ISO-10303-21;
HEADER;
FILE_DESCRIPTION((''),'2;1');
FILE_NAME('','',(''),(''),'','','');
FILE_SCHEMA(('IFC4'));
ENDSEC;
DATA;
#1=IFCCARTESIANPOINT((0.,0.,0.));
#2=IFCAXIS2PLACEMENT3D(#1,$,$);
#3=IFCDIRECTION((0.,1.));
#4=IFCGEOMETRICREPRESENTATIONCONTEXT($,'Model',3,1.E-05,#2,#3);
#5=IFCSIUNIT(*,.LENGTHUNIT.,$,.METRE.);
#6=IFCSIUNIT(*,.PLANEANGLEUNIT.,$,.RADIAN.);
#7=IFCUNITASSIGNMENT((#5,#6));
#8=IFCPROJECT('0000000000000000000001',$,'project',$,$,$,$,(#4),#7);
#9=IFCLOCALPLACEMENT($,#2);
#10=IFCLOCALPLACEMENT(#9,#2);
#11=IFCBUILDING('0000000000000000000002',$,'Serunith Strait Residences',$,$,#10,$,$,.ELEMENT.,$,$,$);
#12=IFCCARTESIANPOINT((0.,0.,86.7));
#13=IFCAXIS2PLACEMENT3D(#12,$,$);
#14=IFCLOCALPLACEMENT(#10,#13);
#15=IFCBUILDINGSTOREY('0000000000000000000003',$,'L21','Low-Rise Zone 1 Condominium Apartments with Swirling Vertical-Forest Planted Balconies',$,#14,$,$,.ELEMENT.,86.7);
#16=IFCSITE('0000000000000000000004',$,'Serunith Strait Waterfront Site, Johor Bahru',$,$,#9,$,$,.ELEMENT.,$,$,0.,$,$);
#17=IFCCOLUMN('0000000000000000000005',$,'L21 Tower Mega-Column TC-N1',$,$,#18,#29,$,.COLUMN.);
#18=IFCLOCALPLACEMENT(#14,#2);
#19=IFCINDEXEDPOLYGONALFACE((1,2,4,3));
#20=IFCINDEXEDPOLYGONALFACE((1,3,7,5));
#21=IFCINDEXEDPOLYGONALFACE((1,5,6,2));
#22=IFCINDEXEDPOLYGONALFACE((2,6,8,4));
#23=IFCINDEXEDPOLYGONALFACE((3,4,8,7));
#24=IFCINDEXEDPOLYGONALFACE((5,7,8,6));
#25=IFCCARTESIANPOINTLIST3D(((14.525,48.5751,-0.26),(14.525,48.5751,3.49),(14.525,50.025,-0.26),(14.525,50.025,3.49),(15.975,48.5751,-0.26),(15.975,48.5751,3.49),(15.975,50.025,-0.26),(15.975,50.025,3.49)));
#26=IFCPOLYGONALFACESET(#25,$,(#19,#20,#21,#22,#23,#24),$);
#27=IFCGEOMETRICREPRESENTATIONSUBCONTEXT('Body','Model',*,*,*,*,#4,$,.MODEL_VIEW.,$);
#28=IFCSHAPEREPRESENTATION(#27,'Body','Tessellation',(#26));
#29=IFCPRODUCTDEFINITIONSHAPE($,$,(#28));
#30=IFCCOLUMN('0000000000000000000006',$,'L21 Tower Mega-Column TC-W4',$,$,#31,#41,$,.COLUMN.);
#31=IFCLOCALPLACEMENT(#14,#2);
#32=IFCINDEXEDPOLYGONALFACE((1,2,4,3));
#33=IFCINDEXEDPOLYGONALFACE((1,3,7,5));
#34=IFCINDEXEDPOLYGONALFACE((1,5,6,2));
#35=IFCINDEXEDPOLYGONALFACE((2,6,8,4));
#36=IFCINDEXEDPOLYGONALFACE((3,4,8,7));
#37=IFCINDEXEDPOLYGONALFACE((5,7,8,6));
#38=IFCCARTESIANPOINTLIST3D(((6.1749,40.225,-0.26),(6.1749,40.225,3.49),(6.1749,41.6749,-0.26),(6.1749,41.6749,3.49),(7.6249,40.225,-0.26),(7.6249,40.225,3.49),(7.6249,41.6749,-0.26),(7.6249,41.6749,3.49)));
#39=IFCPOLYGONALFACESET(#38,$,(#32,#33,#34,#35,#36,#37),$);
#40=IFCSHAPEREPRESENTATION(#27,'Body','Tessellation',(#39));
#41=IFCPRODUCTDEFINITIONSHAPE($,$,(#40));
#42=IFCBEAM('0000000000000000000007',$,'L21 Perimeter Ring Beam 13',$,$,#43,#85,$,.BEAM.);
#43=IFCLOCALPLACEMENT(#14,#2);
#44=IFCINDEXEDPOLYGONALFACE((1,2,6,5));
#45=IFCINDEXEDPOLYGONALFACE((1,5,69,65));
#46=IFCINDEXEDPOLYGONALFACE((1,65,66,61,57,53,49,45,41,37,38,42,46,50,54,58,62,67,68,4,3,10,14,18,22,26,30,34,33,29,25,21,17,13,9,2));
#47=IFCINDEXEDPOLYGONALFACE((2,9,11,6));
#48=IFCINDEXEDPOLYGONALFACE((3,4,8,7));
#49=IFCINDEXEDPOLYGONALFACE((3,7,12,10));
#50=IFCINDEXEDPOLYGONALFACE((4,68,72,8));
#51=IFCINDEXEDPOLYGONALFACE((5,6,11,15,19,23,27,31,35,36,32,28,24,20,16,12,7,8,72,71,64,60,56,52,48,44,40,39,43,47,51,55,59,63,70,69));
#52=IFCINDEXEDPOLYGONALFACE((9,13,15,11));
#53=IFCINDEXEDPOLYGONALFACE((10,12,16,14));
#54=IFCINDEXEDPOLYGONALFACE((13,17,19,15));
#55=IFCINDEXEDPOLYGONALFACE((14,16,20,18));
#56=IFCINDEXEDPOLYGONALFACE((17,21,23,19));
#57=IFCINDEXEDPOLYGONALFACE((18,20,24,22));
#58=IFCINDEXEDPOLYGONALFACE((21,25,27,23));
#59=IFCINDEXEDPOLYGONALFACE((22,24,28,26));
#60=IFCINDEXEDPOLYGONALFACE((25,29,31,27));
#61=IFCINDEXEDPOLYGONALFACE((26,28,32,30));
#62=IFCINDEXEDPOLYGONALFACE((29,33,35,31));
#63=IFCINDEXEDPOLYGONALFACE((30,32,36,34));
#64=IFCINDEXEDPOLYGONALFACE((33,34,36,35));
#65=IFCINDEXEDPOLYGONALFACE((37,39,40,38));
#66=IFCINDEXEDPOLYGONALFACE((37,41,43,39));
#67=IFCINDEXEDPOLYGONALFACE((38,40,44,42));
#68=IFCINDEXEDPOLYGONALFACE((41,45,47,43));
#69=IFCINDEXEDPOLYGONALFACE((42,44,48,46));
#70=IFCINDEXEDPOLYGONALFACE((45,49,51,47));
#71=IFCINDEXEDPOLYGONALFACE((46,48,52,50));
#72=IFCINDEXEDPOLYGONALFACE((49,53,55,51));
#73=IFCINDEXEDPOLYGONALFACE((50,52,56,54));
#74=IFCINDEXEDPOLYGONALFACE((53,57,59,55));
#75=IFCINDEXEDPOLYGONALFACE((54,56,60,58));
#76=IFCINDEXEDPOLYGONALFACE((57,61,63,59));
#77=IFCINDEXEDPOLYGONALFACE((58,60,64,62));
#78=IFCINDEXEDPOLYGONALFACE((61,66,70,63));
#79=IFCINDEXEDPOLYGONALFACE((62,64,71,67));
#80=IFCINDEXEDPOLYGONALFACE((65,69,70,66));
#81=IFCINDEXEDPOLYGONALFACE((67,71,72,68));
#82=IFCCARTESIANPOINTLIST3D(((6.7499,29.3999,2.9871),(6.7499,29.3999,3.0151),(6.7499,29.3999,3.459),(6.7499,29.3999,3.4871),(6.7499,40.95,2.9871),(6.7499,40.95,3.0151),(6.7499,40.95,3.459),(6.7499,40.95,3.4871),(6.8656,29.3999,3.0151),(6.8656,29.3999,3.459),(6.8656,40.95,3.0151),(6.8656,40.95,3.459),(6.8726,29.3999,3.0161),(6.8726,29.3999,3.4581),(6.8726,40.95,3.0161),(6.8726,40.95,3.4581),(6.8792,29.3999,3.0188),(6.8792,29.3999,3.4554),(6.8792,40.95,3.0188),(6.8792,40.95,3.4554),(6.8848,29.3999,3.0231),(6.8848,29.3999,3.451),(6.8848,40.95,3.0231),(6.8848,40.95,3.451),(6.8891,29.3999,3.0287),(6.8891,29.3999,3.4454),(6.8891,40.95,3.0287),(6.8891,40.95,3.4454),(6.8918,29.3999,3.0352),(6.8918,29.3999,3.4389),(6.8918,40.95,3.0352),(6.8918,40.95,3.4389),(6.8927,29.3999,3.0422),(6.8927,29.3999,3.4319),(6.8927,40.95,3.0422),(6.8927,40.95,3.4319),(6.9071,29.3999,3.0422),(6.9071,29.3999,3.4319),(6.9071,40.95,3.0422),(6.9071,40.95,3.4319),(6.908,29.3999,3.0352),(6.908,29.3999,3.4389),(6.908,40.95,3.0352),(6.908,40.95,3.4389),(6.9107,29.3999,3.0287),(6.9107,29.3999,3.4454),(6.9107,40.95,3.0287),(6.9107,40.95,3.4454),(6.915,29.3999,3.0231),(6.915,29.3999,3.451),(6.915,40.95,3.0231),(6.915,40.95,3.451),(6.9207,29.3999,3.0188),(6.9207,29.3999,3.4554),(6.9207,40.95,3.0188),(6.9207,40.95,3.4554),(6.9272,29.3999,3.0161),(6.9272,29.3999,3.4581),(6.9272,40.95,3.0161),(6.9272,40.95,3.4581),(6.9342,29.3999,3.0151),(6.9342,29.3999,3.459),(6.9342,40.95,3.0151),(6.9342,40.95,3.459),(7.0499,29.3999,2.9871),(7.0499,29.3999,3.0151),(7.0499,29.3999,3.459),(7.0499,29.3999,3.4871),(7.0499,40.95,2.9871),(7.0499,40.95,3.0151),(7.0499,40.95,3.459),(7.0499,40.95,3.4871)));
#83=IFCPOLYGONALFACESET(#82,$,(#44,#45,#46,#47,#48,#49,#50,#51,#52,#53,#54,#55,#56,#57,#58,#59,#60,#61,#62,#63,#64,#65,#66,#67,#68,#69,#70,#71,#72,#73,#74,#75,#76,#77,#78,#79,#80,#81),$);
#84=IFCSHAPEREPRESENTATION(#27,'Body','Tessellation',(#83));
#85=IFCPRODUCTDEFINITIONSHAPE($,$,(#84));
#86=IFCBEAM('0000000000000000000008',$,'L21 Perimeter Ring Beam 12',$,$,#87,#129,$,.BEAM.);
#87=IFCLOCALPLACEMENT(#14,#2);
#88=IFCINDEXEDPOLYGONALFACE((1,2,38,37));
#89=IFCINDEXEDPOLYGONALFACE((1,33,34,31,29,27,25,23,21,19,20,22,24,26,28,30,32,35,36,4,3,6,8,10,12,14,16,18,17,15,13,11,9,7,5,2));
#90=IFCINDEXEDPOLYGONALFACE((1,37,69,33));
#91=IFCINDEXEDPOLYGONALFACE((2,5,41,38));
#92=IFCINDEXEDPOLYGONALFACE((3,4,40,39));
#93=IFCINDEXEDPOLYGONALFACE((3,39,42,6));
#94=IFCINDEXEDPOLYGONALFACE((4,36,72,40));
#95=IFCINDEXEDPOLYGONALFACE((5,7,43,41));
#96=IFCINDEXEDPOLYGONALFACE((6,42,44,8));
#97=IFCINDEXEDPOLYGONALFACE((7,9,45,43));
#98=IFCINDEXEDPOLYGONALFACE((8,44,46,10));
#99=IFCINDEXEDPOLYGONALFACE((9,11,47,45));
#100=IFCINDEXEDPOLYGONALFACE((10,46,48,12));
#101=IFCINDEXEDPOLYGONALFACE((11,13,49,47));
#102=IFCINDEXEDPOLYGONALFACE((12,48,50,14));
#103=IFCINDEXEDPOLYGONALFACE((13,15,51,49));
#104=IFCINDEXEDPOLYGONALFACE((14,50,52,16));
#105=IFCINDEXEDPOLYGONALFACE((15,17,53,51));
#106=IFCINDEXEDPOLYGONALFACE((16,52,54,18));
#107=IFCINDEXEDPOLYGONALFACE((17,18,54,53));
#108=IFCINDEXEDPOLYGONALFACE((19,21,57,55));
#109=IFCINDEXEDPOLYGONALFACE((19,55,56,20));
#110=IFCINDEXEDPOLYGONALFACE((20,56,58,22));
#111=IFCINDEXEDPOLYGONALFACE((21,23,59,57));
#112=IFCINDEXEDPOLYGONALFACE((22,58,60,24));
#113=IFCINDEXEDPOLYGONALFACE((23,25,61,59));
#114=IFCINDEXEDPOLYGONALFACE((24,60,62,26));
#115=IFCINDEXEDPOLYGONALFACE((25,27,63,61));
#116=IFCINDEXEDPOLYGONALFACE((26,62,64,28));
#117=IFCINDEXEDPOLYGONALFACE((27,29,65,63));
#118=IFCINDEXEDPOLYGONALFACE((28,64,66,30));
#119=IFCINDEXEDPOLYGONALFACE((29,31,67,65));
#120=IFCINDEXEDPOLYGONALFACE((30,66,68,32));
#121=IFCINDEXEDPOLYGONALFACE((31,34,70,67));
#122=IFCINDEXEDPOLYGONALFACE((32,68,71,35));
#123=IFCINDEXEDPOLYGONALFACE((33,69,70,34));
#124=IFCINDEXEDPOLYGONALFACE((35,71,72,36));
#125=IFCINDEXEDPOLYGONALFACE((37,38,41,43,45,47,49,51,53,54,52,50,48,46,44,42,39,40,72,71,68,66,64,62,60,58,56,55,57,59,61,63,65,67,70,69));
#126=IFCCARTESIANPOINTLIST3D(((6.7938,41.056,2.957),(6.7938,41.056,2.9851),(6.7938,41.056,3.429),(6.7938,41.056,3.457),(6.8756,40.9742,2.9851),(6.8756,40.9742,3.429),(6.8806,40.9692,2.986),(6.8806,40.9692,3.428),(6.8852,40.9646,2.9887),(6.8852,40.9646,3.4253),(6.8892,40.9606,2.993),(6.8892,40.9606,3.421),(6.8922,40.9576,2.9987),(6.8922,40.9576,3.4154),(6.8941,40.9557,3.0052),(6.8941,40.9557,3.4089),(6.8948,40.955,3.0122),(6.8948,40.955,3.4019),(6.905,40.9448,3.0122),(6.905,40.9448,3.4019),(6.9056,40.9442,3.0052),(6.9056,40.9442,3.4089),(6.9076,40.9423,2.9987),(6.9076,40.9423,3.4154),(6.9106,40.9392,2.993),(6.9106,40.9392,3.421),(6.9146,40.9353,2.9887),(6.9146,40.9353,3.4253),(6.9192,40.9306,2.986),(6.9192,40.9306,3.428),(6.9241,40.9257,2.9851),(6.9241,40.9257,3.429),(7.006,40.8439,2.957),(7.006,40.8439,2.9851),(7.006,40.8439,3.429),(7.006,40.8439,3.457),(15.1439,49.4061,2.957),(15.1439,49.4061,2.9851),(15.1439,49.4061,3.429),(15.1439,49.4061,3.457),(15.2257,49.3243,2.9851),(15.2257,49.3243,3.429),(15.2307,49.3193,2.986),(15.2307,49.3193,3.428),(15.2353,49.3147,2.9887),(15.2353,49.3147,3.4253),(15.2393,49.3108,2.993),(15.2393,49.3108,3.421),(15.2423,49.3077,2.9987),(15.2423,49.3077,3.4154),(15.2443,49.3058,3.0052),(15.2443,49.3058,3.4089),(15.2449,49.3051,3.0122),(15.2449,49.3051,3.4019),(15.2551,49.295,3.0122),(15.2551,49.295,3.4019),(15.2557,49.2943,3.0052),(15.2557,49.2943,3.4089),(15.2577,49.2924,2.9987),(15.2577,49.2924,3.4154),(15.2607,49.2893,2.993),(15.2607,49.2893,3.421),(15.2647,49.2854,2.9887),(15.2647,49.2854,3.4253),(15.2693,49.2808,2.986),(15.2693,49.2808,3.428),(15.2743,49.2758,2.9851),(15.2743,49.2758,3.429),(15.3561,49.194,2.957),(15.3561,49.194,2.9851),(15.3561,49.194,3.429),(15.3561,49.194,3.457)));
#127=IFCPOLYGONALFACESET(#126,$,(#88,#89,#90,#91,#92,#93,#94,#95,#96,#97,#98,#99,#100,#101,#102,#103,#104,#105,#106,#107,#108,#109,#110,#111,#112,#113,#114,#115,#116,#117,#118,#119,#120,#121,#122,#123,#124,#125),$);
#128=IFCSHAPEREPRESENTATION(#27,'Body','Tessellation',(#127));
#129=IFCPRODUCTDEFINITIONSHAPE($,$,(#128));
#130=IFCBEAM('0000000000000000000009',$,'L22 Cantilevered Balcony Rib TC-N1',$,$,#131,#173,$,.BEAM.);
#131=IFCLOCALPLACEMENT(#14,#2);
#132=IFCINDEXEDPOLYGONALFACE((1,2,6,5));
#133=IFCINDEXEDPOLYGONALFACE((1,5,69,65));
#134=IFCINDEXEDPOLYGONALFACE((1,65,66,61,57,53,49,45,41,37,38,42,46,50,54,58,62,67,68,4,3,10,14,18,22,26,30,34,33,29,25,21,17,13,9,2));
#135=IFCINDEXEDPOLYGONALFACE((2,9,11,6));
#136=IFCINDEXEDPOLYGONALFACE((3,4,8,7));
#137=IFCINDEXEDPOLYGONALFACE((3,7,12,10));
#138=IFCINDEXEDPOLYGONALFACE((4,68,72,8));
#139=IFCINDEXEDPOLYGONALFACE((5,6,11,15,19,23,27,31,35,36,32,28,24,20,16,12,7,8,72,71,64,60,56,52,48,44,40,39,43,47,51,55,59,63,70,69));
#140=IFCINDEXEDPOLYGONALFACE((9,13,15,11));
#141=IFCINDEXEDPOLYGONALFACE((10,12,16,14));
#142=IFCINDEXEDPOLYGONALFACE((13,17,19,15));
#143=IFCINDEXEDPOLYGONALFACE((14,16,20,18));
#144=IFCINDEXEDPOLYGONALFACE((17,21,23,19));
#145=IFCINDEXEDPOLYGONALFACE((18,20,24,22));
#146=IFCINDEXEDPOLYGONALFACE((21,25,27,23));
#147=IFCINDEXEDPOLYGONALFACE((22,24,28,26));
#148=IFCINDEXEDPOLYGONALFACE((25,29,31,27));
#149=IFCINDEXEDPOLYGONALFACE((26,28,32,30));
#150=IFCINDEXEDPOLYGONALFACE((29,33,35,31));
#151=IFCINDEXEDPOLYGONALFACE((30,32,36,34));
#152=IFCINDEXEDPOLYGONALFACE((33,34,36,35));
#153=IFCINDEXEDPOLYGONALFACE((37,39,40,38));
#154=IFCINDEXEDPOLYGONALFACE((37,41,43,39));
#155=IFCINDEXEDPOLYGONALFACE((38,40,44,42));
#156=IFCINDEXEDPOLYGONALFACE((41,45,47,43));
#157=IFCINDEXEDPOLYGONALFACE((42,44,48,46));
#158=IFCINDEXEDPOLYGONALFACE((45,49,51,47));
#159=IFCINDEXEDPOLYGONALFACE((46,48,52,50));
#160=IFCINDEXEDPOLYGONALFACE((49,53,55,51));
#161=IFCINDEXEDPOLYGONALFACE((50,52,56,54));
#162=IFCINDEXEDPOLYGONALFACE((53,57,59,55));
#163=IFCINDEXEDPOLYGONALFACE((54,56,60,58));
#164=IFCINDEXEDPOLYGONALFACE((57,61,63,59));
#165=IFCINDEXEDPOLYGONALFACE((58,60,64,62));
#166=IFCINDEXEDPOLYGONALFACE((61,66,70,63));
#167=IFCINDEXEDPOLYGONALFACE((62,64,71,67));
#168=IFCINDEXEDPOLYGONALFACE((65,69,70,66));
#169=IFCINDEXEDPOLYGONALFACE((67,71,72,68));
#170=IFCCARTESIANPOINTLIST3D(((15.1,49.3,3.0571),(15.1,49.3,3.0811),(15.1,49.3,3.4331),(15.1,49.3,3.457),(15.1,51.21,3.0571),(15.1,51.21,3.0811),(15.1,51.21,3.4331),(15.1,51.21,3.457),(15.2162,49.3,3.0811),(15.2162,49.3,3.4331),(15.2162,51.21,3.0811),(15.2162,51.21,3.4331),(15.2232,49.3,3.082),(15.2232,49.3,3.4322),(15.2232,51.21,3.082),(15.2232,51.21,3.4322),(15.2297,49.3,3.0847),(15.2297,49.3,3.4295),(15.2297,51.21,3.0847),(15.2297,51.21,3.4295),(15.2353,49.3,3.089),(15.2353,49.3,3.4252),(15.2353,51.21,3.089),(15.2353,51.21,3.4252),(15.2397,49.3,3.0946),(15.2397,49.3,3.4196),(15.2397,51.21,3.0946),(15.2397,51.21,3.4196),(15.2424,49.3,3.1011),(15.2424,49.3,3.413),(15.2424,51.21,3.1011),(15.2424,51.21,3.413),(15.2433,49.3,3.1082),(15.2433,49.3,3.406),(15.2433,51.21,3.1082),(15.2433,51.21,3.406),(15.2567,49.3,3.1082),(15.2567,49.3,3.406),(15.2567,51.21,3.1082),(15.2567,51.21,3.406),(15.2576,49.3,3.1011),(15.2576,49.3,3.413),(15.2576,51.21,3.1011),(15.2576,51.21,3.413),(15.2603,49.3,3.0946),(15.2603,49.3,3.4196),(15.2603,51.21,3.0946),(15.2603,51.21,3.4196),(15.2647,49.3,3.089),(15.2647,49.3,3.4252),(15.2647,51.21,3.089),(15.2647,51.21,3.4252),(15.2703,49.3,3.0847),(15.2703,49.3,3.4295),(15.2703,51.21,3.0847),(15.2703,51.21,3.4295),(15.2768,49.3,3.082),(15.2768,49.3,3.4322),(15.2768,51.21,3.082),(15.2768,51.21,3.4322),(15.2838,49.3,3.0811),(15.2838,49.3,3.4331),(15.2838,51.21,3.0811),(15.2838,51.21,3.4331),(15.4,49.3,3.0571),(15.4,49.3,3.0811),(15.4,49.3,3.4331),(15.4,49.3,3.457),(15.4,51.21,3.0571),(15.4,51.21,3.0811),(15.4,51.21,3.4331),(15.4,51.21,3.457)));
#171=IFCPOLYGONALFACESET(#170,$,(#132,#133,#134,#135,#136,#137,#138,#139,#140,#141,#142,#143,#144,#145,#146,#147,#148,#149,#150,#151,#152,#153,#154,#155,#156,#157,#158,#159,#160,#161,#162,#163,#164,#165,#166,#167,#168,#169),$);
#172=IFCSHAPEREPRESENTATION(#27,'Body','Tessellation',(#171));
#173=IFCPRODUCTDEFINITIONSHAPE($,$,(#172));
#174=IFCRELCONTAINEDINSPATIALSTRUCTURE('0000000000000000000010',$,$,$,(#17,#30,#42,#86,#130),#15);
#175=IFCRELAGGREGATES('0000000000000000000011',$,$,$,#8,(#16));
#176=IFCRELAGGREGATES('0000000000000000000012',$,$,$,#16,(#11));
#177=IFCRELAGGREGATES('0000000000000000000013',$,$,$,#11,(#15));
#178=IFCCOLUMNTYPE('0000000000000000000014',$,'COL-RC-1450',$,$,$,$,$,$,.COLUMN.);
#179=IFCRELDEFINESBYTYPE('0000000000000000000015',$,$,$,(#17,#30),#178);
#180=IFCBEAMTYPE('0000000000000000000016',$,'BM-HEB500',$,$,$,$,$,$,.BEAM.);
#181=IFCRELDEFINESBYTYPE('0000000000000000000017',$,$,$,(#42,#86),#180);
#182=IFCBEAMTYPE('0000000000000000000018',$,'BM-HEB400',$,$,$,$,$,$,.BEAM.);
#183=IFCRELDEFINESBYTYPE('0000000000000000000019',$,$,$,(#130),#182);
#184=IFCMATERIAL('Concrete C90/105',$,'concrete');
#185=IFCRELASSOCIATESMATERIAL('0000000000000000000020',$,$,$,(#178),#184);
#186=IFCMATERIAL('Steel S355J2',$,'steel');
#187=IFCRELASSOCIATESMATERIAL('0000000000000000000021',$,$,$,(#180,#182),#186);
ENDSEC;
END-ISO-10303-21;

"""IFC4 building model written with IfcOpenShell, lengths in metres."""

from ifc_helpers import new_model, si_unit, direction, frame, origin, origin_2d, place, context, subcontext, project, spatial, rectangle, i_section, extrude, source, transform, mapped, material, material_profile, profile_set, type_object, element, save


model = new_model("IFC4")

# Units and contexts
model_context = context("Model", 3, precision=1e-05, world=origin(), true_north=direction((0.0, 1.0)))
body_context = subcontext(model_context, "Body", "Model", "MODEL_VIEW")
ifc_project = project(units=[si_unit("LENGTHUNIT", "METRE"), si_unit("PLANEANGLEUNIT", "RADIAN")], contexts=[model_context])

# Site, building, storey
site_placement = place(None, origin())
site = spatial("IfcSite", under=ifc_project, at=site_placement, Name="Serunith Strait Waterfront Site, Johor Bahru", CompositionType="ELEMENT", RefElevation=0.0)
building_placement = place(site_placement, origin())
building = spatial("IfcBuilding", under=site, at=building_placement, Name="Serunith Strait Residences", CompositionType="ELEMENT")
storey_placement = place(building_placement, frame((0.0, 0.0, 86.7)))
storey = spatial("IfcBuildingStorey", under=building, at=storey_placement, Name="L21", Description="Low-Rise Zone 1 Condominium Apartments with Swirling Vertical-Forest Planted Balconies", CompositionType="ELEMENT", Elevation=86.7)

# Columns
ifc_material_1 = material(Name="Concrete C90/105", Category="concrete")
ifc_material_profile_1 = material_profile(ifc_material_1, rectangle(XDim=1.45, YDim=1.45, at=origin_2d()), Name="RC 1450x1450")
ifc_profile_set_1 = profile_set([ifc_material_profile_1], Name="Concrete C90/105")
column_type = type_object("IfcColumnType", Name="COL-RC-1450", PredefinedType="COLUMN", material=ifc_profile_set_1)
shared_shape_1 = source(origin(), body_context, "Body", "SweptSolid", [
    extrude(rectangle(XDim=1.45, YDim=1.45, at=origin_2d()), origin(), (0.0, 0.0, 1.0), 3.75),
])
for number, where, z_axis, x_axis, name in (
    (1, (15.25, 49.3, -0.26), (0.0, 0.0, 1.0), (1.0, 0.0, 0.0), "L21 Tower Mega-Column TC-N1"),
    (2, (6.8999, 40.95, -0.26), (0.0, 0.0, 1.0), (1.0, 0.0, 0.0), "L21 Tower Mega-Column TC-W4"),
):
    element("IfcColumn", number, at=place(storey_placement, frame(where, z_axis=z_axis, x_axis=x_axis)), inside=storey, type_object=column_type, Name=name, PredefinedType="COLUMN", context=body_context, shape_type="MappedRepresentation", body=[
        mapped(shared_shape_1, transform((0.0, 0.0, 0.0), scale=1.0)),
    ])

# Beams
ifc_material_2 = material(Name="Steel S355J2", Category="steel")
ifc_material_profile_2 = material_profile(ifc_material_2, i_section(OverallWidth=0.3, OverallDepth=0.5, WebThickness=0.0144, FlangeThickness=0.0281, FilletRadius=0.0271, at=origin_2d()), Name="HEB 500")
ifc_profile_set_2 = profile_set([ifc_material_profile_2], Name="Steel S355J2")
beam_type_1 = type_object("IfcBeamType", Name="BM-HEB500", PredefinedType="BEAM", material=ifc_profile_set_2)
shared_shape_2 = source(origin(), body_context, "Body", "SweptSolid", [
    extrude(i_section(OverallWidth=0.3, OverallDepth=0.5, WebThickness=0.0144, FlangeThickness=0.0281, FilletRadius=0.0271, at=origin_2d()), origin(), (0.0, 0.0, 1.0), 11.55),
])
beam_1_placement = place(storey_placement, frame((6.8999, 40.95, 3.2371), z_axis=(0.0, -1.0, 0.0), x_axis=(1.0, 0.0, 0.0)))
element("IfcBeam", 3, at=beam_1_placement, inside=storey, type_object=beam_type_1, Name="L21 Perimeter Ring Beam 13", PredefinedType="BEAM", context=body_context, shape_type="MappedRepresentation", body=[
    mapped(shared_shape_2, transform((0.0, 0.0, 0.0), scale=1.0)),
])
shared_shape_3 = source(origin(), body_context, "Body", "SweptSolid", [
    extrude(i_section(OverallWidth=0.3, OverallDepth=0.5, WebThickness=0.0144, FlangeThickness=0.0281, FilletRadius=0.0271, at=origin_2d()), origin(), (0.0, 0.0, 1.0), 11.8088),
])
beam_2_placement = place(storey_placement, frame((15.25, 49.3, 3.207), z_axis=(-0.707107, -0.707107, 0.0), x_axis=(0.707107, -0.707107, 0.0)))
element("IfcBeam", 4, at=beam_2_placement, inside=storey, type_object=beam_type_1, Name="L21 Perimeter Ring Beam 12", PredefinedType="BEAM", context=body_context, shape_type="MappedRepresentation", body=[
    mapped(shared_shape_3, transform((0.0, 0.0, 0.0), scale=1.0)),
])
ifc_material_profile_3 = material_profile(ifc_material_2, i_section(OverallWidth=0.3, OverallDepth=0.3999, WebThickness=0.0134, FlangeThickness=0.0239, FilletRadius=0.0271, at=origin_2d()), Name="HEB 400")
ifc_profile_set_3 = profile_set([ifc_material_profile_3], Name="Steel S355J2")
beam_type_2 = type_object("IfcBeamType", Name="BM-HEB400", PredefinedType="BEAM", material=ifc_profile_set_3)
shared_shape_4 = source(origin(), body_context, "Body", "SweptSolid", [
    extrude(i_section(OverallWidth=0.3, OverallDepth=0.3999, WebThickness=0.0134, FlangeThickness=0.0239, FilletRadius=0.0271, at=origin_2d()), origin(), (0.0, 0.0, 1.0), 1.9099),
])
beam_3_placement = place(storey_placement, frame((15.25, 49.3, 3.2571), z_axis=(0.0, 1.0, 0.0), x_axis=(-1.0, 0.0, 0.0)))
element("IfcBeam", 5, at=beam_3_placement, inside=storey, type_object=beam_type_2, Name="L22 Cantilevered Balcony Rib TC-N1", PredefinedType="BEAM", context=body_context, shape_type="MappedRepresentation", body=[
    mapped(shared_shape_4, transform((0.0, 0.0, 0.0), scale=1.0)),
])

save(model, "model.ifc")
